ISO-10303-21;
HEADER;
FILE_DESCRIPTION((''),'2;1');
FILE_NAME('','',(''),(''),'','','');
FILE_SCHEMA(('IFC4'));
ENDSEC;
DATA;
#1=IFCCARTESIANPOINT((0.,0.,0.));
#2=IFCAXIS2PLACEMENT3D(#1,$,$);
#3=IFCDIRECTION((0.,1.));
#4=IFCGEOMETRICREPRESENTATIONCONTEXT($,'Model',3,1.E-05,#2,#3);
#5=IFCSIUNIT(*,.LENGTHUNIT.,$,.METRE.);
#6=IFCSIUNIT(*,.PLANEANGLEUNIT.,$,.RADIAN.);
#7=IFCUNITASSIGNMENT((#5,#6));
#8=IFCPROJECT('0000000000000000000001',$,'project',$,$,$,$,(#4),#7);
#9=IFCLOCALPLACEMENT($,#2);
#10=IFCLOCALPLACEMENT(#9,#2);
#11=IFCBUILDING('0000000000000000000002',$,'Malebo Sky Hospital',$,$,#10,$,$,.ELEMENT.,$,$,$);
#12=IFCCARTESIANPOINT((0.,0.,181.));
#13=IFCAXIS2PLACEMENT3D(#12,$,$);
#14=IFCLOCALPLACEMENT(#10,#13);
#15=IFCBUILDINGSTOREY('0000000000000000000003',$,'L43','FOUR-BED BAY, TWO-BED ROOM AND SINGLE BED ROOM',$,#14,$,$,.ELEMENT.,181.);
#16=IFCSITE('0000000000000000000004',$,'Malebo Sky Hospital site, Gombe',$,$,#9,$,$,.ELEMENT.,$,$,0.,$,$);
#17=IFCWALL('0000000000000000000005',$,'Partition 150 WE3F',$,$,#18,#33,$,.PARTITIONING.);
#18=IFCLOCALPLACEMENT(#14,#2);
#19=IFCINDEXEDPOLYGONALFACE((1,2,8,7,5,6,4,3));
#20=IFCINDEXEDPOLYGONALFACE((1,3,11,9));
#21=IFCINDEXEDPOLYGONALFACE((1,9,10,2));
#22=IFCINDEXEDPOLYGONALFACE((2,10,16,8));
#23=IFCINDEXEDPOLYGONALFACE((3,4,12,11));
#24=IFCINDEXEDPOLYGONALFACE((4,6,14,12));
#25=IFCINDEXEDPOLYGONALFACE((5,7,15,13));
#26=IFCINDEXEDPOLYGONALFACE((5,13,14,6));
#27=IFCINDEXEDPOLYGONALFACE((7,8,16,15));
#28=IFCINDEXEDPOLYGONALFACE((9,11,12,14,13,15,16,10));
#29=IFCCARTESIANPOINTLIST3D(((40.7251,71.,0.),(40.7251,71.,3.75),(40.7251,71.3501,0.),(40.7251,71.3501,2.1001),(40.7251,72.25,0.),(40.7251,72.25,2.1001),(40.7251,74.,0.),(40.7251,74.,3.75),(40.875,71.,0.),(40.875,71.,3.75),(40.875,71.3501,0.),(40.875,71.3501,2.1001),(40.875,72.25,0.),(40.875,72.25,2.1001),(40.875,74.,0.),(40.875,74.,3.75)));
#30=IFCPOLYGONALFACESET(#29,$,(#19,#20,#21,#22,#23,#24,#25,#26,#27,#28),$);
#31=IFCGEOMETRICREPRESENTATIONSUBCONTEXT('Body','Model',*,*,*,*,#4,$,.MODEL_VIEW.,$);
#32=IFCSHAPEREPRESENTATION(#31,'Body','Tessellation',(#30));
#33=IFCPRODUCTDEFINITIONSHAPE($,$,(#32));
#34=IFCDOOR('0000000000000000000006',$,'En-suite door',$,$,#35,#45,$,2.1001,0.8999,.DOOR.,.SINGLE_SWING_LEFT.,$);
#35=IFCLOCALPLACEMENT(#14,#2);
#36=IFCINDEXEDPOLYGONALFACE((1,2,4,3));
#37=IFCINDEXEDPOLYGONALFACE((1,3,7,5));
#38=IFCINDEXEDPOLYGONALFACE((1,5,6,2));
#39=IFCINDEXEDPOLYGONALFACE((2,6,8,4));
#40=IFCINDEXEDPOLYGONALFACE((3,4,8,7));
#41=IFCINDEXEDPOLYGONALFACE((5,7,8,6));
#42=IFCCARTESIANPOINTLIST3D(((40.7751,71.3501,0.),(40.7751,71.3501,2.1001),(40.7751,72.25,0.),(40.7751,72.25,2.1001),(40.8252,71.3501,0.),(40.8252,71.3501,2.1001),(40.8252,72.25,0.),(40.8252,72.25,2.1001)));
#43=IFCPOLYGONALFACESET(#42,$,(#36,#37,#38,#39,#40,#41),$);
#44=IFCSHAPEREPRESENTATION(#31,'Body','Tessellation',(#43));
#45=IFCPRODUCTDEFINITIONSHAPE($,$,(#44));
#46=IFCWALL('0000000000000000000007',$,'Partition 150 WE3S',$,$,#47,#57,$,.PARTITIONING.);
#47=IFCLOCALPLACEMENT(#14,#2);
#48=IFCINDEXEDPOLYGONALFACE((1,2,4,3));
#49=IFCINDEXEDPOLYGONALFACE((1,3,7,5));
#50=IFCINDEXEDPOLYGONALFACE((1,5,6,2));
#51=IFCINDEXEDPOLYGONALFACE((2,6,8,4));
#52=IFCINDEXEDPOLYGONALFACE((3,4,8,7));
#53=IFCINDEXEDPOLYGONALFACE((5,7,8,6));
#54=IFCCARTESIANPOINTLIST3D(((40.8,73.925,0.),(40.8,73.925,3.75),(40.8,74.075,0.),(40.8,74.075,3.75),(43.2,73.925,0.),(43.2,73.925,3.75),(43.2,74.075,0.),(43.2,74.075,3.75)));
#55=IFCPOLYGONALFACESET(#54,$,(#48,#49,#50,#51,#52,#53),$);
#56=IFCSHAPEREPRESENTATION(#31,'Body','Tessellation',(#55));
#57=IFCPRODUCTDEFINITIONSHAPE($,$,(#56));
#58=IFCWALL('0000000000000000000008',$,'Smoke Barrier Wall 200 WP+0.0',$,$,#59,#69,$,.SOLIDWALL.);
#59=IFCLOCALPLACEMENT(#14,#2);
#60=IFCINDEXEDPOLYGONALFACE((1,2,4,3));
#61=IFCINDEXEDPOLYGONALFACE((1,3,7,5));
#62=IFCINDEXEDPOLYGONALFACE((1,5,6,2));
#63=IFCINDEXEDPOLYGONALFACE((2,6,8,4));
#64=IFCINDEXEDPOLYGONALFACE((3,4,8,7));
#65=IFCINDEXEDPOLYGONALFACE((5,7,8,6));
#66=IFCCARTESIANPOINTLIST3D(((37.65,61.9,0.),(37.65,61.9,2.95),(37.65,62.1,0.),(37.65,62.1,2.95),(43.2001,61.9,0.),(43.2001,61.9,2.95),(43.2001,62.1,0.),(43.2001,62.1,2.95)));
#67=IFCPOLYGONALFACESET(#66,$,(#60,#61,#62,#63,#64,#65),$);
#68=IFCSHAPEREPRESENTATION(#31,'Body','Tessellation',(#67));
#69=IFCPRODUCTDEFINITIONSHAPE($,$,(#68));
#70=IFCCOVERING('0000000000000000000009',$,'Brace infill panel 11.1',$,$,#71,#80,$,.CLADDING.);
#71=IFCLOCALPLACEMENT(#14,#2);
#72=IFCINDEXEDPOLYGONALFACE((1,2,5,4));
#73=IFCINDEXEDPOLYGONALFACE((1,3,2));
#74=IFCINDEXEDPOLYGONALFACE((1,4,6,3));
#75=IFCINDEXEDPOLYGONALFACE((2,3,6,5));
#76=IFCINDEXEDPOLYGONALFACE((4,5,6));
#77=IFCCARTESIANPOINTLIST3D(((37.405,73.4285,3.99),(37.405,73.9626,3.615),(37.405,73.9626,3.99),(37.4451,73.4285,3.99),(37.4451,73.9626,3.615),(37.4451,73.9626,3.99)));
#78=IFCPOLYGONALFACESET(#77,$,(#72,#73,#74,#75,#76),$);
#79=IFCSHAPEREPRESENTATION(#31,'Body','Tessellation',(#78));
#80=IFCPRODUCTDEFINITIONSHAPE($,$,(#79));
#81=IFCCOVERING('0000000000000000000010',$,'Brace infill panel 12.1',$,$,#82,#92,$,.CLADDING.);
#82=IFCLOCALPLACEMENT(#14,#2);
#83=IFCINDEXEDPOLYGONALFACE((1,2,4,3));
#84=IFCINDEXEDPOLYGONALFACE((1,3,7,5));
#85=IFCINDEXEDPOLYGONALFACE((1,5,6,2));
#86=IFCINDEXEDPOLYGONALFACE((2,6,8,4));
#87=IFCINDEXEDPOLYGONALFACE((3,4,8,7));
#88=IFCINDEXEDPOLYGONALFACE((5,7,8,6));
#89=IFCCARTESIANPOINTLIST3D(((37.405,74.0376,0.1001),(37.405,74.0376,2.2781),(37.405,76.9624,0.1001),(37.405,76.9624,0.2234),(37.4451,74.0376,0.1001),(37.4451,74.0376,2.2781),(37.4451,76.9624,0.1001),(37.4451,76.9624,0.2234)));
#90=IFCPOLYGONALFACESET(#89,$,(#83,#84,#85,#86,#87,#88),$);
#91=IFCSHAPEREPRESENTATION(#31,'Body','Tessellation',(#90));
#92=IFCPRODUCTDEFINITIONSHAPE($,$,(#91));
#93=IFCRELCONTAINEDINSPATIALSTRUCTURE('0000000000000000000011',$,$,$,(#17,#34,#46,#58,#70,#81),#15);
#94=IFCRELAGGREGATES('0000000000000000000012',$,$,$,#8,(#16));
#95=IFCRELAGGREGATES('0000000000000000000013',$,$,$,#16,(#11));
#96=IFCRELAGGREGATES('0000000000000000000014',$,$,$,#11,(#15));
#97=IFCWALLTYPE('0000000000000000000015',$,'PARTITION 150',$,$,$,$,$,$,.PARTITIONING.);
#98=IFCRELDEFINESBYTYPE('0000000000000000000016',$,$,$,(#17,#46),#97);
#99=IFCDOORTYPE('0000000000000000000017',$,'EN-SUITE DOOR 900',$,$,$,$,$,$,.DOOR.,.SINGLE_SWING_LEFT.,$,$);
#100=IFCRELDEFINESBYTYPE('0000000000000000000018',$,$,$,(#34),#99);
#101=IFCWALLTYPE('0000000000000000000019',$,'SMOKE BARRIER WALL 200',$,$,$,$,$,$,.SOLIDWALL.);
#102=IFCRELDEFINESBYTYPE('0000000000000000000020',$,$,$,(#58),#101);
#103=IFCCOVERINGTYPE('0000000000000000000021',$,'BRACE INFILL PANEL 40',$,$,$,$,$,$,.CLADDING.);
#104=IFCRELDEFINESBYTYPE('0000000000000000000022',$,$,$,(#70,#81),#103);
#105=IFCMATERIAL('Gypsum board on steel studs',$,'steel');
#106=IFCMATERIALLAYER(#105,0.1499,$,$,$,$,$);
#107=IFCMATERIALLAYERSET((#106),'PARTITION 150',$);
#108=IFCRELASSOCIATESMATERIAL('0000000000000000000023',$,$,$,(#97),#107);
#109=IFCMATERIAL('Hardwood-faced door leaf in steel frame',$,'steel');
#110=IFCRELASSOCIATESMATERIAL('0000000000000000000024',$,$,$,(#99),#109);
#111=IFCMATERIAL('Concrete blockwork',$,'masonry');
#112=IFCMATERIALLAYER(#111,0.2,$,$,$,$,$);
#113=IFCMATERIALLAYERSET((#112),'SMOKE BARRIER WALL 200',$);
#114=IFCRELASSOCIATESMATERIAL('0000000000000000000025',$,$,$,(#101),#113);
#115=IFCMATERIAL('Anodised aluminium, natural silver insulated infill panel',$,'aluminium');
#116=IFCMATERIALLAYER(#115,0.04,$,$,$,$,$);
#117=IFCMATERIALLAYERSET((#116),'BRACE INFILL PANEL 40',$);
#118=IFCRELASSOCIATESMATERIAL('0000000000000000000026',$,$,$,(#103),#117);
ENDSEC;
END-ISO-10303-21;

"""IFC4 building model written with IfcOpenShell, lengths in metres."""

from ifc_helpers import new_model, si_unit, direction, frame, frame_2d, origin, place, context, subcontext, project, spatial, polyline, rectangle, outline, extrude, material, layer, layer_set, type_object, element, fill, save


model = new_model("IFC4")

# Units and contexts
model_context = context("Model", 3, precision=1e-05, world=origin(), true_north=direction((0.0, 1.0)))
body_context = subcontext(model_context, "Body", "Model", "MODEL_VIEW")
ifc_project = project(units=[si_unit("LENGTHUNIT", "METRE"), si_unit("PLANEANGLEUNIT", "RADIAN")], contexts=[model_context])

# Site, building, storey
site_placement = place(None, origin())
site = spatial("IfcSite", under=ifc_project, at=site_placement, Name="Malebo Sky Hospital site, Gombe", CompositionType="ELEMENT", RefElevation=0.0)
building_placement = place(site_placement, origin())
building = spatial("IfcBuilding", under=site, at=building_placement, Name="Malebo Sky Hospital", CompositionType="ELEMENT")
storey_placement = place(building_placement, frame((0.0, 0.0, 181.0)))
storey = spatial("IfcBuildingStorey", under=building, at=storey_placement, Name="L43", Description="FOUR-BED BAY, TWO-BED ROOM AND SINGLE BED ROOM", CompositionType="ELEMENT", Elevation=181.0)

# Shared definitions
ifc_material_1 = material(Name="Gypsum board on steel studs", Category="steel")
ifc_layer_1 = layer(ifc_material_1, 0.1499)
ifc_layer_set_1 = layer_set([ifc_layer_1], Name="PARTITION 150")
wall_type_1 = type_object("IfcWallType", Name="PARTITION 150", PredefinedType="PARTITIONING", material=ifc_layer_set_1)

# Shared definitions
ifc_material_2 = material(Name="Hardwood-faced door leaf in steel frame", Category="steel")
door_type = type_object("IfcDoorType", Name="EN-SUITE DOOR 900", OperationType="SINGLE_SWING_LEFT", PredefinedType="DOOR", material=ifc_material_2)

# Wall, opening, door
wall_1_placement = place(storey_placement, frame((40.8, 71.0, 0.0), z_axis=(0.0, 0.0, 1.0), x_axis=(0.0, 1.0, 0.0)))
wall_1 = element("IfcWall", 1, at=wall_1_placement, inside=storey, type_object=wall_type_1, Name="Partition 150 WE3F", PredefinedType="PARTITIONING", context=body_context, shape_type="SweptSolid", body=[
    extrude(rectangle(XDim=3.0, YDim=0.1499, at=frame_2d((1.5, 0.0))), origin(), (0.0, 0.0, 1.0), 3.75),
])
opening_1_placement = place(wall_1_placement, frame((0.3501, 0.0, 0.0)))
opening_1 = element("IfcOpeningElement", 2, at=opening_1_placement, cuts=wall_1, PredefinedType="OPENING", context=body_context, shape_type="SweptSolid", body=[
    extrude(rectangle(XDim=0.8999, YDim=2.1001, at=frame_2d((0.45, 1.05))), frame((0.0, 0.085, 0.0), z_axis=(0.0, -1.0, 0.0), x_axis=(1.0, 0.0, 0.0)), (0.0, 0.0, 1.0), 0.1699),
])
door_1_placement = place(opening_1_placement, origin())
door_1 = element("IfcDoor", 3, at=door_1_placement, inside=storey, type_object=door_type, Name="En-suite door", OperationType="SINGLE_SWING_LEFT", OverallHeight=2.1001, OverallWidth=0.8999, PredefinedType="DOOR", context=body_context, shape_type="SweptSolid", body=[
    extrude(rectangle(XDim=0.8999, YDim=2.1001, at=frame_2d((0.45, 1.05))), frame((0.0, 0.0249, 0.0), z_axis=(0.0, -1.0, 0.0), x_axis=(1.0, 0.0, 0.0)), (0.0, 0.0, 1.0), 0.05),
])
fill(opening_1, door_1)

# Walls
wall_2_placement = place(storey_placement, frame((43.2, 74.0, 0.0), z_axis=(0.0, 0.0, 1.0), x_axis=(-1.0, 0.0, 0.0)))
element("IfcWall", 4, at=wall_2_placement, inside=storey, type_object=wall_type_1, Name="Partition 150 WE3S", PredefinedType="PARTITIONING", context=body_context, shape_type="SweptSolid", body=[
    extrude(rectangle(XDim=2.3999, YDim=0.1499, at=frame_2d((1.2, 0.0))), origin(), (0.0, 0.0, 1.0), 3.75),
])
ifc_material_3 = material(Name="Concrete blockwork", Category="masonry")
ifc_layer_2 = layer(ifc_material_3, 0.2)
ifc_layer_set_2 = layer_set([ifc_layer_2], Name="SMOKE BARRIER WALL 200")
wall_type_2 = type_object("IfcWallType", Name="SMOKE BARRIER WALL 200", PredefinedType="SOLIDWALL", material=ifc_layer_set_2)
wall_3_placement = place(storey_placement, frame((43.2, 62.0, 0.0), z_axis=(0.0, 0.0, 1.0), x_axis=(-1.0, 0.0, 0.0)))
element("IfcWall", 5, at=wall_3_placement, inside=storey, type_object=wall_type_2, Name="Smoke Barrier Wall 200 WP+0.0", PredefinedType="SOLIDWALL", context=body_context, shape_type="SweptSolid", body=[
    extrude(rectangle(XDim=5.55, YDim=0.2, at=frame_2d((2.7749, 0.0))), origin(), (0.0, 0.0, 1.0), 2.95),
])

# Coverings
ifc_material_4 = material(Name="Anodised aluminium, natural silver insulated infill panel", Category="aluminium")
ifc_layer_3 = layer(ifc_material_4, 0.04)
ifc_layer_set_3 = layer_set([ifc_layer_3], Name="BRACE INFILL PANEL 40")
covering_type = type_object("IfcCoveringType", Name="BRACE INFILL PANEL 40", PredefinedType="CLADDING", material=ifc_layer_set_3)
covering_1_placement = place(storey_placement, frame((37.425, 73.6956, 3.615), z_axis=(0.0, 0.0, 1.0), x_axis=(0.0, 1.0, 0.0)))
element("IfcCovering", 6, at=covering_1_placement, inside=storey, type_object=covering_type, Name="Brace infill panel 11.1", PredefinedType="CLADDING", context=body_context, shape_type="SweptSolid", body=[
    extrude(outline(polyline([(0.2671, 0.0), (0.2671, 0.375), (-0.2671, 0.375), (0.2671, 0.0)])), frame((0.0, 0.02, 0.0), z_axis=(0.0, -1.0, 0.0), x_axis=(1.0, 0.0, 0.0)), (0.0, 0.0, 1.0), 0.04),
])
covering_2_placement = place(storey_placement, frame((37.425, 75.5, 0.1001), z_axis=(0.0, 0.0, 1.0), x_axis=(0.0, 1.0, 0.0)))
element("IfcCovering", 7, at=covering_2_placement, inside=storey, type_object=covering_type, Name="Brace infill panel 12.1", PredefinedType="CLADDING", context=body_context, shape_type="SweptSolid", body=[
    extrude(outline(polyline([(-1.4624, 0.0), (1.4624, 0.0), (1.4624, 0.1233), (-1.4624, 2.178), (-1.4624, 0.0)])), frame((0.0, 0.02, 0.0), z_axis=(0.0, -1.0, 0.0), x_axis=(1.0, 0.0, 0.0)), (0.0, 0.0, 1.0), 0.04),
])

save(model, "model.ifc")
